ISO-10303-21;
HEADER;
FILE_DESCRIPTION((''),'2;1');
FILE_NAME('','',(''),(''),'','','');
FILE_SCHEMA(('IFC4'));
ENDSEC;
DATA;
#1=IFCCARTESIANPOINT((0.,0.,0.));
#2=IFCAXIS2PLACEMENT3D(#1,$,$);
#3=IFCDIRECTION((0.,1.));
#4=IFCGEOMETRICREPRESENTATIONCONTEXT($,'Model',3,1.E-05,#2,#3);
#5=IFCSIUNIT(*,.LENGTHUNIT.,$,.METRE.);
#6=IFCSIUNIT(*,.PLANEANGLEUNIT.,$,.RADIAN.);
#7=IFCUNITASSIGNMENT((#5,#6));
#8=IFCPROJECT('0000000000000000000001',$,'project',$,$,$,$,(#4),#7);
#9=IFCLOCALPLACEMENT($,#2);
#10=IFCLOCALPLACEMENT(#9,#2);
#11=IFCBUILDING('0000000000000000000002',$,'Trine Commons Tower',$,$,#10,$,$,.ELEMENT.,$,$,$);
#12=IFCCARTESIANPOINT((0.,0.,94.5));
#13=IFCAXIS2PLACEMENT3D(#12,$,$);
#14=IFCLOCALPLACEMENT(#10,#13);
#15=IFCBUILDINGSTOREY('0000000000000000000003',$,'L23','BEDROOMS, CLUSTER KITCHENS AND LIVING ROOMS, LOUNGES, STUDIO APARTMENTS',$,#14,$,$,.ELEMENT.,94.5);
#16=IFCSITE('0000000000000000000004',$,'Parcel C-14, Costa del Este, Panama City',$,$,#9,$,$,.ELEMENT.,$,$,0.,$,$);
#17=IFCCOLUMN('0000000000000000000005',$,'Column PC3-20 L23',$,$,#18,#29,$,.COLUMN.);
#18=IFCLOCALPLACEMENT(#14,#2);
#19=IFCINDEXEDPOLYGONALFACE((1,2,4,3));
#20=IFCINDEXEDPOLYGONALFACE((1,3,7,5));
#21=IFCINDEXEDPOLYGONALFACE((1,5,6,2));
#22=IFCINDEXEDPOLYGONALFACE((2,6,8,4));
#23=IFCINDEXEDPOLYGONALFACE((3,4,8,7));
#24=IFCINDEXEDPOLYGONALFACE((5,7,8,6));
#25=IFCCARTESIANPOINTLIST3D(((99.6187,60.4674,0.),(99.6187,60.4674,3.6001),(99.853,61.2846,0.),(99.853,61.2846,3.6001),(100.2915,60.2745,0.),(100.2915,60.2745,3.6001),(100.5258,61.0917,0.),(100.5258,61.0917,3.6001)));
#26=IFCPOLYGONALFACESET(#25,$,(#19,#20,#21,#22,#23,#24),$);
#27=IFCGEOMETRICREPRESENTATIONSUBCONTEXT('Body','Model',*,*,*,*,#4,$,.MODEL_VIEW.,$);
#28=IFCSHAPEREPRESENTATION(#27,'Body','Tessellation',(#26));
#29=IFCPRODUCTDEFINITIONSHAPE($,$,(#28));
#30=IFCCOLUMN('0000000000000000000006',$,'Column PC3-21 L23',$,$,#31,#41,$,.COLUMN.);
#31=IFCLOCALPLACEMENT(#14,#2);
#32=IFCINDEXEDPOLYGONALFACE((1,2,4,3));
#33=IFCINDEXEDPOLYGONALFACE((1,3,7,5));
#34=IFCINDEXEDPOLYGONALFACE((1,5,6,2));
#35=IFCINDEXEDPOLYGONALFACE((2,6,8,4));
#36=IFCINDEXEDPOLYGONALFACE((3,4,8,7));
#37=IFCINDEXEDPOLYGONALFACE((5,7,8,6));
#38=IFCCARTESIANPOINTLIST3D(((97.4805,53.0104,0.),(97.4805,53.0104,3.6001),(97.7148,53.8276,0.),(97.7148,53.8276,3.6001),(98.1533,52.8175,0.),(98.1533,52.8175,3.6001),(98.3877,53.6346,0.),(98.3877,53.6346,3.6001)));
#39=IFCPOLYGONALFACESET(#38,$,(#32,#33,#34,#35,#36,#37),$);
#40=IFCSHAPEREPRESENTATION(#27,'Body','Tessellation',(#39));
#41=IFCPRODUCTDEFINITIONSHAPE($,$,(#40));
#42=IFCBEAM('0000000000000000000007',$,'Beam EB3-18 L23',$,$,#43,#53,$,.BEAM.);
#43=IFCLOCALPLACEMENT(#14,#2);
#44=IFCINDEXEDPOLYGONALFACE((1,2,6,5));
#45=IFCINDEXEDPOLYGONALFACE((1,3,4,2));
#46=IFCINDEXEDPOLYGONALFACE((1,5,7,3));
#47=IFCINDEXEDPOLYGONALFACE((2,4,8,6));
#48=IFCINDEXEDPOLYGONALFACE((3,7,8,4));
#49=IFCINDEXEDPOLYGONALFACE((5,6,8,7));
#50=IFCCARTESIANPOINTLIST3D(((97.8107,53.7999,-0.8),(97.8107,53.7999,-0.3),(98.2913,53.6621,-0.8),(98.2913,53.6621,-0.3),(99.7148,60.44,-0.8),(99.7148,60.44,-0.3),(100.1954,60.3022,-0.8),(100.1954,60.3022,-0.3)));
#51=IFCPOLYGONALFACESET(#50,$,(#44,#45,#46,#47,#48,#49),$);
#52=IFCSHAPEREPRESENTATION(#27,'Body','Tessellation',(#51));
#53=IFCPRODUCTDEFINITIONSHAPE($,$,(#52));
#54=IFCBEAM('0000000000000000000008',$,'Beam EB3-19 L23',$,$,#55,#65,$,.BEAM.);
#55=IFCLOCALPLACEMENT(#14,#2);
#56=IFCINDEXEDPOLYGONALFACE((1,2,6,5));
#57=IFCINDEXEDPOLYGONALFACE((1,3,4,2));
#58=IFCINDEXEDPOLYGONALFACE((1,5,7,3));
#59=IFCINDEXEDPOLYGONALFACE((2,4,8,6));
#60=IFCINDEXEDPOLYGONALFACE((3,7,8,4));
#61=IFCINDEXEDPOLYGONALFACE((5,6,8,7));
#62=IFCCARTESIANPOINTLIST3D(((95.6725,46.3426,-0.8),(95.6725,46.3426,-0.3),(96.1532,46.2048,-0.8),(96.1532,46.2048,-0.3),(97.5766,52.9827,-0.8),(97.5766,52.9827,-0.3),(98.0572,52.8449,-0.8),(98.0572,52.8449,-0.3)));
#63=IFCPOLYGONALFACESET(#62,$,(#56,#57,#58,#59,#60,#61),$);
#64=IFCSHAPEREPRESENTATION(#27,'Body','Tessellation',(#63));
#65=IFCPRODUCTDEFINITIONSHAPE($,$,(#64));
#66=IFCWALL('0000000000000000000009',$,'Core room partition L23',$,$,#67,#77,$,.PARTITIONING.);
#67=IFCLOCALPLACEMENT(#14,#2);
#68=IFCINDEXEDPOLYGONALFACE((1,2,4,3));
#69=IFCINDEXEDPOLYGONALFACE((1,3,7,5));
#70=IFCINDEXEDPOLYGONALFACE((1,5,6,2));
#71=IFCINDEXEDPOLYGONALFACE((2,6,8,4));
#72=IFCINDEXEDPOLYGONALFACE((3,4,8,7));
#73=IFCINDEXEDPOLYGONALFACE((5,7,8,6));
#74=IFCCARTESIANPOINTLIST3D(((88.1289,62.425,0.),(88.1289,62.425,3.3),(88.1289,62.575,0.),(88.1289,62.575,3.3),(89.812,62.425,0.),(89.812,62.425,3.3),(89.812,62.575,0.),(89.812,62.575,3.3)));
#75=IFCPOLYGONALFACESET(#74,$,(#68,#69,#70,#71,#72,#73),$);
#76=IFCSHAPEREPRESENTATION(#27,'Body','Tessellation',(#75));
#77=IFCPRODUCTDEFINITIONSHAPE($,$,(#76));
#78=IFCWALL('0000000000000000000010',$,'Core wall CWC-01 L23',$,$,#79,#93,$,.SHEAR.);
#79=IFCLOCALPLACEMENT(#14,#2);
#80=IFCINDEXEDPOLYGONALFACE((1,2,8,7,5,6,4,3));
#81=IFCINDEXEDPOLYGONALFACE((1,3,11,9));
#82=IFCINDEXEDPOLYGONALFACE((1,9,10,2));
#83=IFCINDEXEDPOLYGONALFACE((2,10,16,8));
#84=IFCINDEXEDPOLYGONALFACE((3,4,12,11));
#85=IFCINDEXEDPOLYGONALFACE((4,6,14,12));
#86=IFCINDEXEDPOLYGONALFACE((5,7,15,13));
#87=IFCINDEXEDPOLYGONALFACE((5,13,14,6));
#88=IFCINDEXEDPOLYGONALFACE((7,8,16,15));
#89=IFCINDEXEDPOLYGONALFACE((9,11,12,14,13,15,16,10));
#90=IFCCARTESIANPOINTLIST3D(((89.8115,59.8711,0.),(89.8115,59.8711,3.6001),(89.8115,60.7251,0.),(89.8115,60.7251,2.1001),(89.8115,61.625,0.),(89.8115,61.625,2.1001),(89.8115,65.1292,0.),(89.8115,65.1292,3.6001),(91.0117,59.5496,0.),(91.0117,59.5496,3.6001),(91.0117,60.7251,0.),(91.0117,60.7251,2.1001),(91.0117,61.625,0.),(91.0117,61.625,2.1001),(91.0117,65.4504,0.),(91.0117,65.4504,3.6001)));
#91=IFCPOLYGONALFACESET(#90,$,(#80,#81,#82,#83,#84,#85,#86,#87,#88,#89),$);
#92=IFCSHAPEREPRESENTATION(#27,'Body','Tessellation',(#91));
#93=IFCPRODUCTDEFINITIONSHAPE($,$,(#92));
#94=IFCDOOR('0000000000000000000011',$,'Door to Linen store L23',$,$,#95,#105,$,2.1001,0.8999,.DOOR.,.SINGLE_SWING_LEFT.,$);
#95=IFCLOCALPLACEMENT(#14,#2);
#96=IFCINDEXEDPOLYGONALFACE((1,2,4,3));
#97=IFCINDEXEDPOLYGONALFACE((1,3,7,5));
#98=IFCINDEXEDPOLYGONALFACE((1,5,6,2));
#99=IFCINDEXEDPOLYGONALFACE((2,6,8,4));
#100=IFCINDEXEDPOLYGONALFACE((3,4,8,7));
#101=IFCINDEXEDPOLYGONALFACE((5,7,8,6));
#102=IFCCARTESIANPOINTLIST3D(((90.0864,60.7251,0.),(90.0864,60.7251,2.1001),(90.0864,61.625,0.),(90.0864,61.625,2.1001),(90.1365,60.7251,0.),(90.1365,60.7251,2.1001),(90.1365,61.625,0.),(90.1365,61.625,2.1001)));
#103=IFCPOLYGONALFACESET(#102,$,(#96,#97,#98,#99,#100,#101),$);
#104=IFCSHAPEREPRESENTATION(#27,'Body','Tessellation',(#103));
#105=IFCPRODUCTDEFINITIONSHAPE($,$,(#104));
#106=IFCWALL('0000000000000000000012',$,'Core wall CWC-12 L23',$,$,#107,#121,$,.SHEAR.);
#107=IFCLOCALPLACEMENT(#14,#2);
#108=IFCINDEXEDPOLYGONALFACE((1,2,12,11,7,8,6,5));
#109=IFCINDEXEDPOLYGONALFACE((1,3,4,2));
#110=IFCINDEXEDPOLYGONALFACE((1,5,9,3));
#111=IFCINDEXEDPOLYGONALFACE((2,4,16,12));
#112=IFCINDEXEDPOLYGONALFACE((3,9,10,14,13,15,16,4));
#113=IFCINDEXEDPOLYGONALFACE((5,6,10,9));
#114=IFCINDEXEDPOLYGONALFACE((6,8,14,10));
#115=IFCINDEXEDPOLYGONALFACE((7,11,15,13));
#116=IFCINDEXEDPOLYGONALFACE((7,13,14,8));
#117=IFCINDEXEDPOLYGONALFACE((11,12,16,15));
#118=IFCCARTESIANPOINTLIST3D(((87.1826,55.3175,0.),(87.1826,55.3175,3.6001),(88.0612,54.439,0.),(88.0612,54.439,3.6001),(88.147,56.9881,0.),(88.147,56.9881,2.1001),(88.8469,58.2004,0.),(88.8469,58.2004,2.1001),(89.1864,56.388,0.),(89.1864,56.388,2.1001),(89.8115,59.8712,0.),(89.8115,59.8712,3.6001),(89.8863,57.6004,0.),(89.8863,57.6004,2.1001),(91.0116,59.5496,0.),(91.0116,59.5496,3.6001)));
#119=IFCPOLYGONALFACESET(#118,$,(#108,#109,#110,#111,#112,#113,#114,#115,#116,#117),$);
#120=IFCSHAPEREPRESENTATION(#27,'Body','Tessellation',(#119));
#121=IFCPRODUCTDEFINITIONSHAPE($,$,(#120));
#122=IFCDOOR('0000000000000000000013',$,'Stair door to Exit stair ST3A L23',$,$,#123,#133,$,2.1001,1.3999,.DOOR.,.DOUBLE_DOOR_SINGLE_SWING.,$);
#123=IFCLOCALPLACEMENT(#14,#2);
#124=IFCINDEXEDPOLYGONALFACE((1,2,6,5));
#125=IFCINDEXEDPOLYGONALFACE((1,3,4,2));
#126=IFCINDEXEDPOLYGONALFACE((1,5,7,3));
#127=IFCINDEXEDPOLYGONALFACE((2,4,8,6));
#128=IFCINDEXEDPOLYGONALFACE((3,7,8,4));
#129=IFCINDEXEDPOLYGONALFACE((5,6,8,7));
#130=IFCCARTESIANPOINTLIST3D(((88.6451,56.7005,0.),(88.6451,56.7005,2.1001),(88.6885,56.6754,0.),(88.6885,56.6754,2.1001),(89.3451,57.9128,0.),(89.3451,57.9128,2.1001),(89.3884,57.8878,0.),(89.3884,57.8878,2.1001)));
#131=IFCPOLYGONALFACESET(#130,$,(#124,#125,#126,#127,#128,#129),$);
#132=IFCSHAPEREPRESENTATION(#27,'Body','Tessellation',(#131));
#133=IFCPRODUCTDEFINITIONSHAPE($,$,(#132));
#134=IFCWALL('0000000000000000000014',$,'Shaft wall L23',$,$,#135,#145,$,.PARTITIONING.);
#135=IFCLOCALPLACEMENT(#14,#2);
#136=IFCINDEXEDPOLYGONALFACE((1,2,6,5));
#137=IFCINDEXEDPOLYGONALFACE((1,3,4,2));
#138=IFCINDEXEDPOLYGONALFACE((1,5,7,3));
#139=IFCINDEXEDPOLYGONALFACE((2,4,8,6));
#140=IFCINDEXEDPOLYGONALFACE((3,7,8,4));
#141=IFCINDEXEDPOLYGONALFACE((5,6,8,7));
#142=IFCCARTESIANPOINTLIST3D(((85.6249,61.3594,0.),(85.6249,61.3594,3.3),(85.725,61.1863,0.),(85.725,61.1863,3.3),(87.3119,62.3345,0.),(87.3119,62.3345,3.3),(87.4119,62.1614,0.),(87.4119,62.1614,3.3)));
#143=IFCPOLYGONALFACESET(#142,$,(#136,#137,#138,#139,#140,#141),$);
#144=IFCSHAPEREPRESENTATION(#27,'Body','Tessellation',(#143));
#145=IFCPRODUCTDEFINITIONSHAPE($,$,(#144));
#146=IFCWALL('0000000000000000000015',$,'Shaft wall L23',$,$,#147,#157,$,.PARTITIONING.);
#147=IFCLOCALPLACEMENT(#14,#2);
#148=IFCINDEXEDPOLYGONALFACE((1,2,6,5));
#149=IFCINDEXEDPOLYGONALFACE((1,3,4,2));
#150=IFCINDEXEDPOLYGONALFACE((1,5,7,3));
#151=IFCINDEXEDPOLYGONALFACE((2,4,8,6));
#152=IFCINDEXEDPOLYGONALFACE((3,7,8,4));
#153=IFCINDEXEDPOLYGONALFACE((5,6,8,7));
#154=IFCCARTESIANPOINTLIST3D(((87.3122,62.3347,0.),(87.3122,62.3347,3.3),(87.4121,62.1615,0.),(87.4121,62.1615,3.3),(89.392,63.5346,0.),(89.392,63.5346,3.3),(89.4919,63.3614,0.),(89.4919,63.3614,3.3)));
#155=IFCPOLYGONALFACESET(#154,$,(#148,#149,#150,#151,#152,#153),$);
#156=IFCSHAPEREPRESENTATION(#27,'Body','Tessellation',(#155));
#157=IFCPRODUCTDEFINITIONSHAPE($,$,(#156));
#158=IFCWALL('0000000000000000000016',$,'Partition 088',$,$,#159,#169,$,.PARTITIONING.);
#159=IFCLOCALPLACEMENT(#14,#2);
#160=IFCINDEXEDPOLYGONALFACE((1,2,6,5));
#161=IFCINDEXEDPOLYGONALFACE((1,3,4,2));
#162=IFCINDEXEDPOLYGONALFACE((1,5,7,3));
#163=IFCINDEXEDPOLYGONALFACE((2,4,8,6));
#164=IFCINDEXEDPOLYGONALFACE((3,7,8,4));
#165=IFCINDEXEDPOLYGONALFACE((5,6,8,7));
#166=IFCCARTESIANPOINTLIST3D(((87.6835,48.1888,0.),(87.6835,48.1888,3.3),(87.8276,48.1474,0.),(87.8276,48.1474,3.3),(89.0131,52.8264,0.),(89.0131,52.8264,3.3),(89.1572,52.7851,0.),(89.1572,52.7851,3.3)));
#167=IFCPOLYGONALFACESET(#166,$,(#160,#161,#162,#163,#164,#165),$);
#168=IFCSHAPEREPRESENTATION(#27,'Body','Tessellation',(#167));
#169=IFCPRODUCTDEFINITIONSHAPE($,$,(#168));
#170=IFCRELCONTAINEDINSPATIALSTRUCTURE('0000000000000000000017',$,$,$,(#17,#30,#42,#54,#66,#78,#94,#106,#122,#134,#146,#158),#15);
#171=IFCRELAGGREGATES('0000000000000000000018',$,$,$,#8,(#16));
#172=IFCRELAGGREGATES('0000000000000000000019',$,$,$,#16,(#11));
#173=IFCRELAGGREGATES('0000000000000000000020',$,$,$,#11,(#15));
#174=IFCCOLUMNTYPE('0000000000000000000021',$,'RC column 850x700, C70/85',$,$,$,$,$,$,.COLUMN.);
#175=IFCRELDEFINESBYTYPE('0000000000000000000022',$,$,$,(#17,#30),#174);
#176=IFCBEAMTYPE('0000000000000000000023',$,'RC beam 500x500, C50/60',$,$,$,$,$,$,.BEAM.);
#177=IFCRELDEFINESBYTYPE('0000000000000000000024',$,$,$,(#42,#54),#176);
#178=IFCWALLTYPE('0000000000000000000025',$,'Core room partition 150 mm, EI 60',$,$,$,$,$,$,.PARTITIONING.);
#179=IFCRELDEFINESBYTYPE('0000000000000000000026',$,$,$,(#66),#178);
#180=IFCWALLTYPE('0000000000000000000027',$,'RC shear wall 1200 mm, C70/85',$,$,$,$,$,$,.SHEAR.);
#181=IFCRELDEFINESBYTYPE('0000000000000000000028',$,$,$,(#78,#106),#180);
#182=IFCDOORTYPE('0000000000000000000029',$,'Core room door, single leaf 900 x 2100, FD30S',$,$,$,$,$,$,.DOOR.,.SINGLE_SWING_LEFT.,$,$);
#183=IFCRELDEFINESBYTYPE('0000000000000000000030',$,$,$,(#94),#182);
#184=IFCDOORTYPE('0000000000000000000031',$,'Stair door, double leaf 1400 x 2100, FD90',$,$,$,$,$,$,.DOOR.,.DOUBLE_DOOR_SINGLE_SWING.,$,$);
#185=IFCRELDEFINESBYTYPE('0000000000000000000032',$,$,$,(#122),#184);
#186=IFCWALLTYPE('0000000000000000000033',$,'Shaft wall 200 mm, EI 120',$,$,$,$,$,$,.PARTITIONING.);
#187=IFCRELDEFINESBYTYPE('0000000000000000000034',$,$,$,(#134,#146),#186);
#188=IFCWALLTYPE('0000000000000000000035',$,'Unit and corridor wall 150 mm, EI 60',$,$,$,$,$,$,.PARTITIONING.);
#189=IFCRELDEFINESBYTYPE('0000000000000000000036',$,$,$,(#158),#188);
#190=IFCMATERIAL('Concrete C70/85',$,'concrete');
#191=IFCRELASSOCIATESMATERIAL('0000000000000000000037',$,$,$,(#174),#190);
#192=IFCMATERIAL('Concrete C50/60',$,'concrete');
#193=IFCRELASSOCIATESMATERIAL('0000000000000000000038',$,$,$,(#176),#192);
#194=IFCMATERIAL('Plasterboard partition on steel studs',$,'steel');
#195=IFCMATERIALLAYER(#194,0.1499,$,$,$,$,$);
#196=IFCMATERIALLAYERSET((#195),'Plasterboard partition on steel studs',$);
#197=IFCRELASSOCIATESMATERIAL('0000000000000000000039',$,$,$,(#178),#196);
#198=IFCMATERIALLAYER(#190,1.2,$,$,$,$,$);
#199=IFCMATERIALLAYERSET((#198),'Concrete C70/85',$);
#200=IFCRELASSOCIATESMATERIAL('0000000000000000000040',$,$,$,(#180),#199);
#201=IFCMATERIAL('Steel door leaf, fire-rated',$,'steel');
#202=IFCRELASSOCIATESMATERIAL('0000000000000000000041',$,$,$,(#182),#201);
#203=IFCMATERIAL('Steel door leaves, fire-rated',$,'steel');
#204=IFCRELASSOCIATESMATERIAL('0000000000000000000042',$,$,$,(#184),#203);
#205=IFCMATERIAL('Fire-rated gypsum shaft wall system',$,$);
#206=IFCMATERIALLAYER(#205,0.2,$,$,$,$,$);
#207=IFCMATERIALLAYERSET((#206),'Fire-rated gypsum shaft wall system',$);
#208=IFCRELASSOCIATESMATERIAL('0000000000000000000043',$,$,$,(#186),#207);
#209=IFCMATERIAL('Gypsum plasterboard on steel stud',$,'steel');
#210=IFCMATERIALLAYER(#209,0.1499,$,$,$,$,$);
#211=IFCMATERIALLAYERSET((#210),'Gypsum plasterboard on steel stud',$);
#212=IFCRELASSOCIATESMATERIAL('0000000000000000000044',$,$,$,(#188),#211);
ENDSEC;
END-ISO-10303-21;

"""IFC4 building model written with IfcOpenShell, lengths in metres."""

from ifc_helpers import new_model, si_unit, direction, frame, frame_2d, origin, origin_2d, place, context, subcontext, project, spatial, polyline, rectangle, outline, extrude, material, layer, layer_set, material_profile, profile_set, type_object, element, fill, save


model = new_model("IFC4")

# Units and contexts
model_context = context("Model", 3, precision=1e-05, world=origin(), true_north=direction((0.0, 1.0)))
body_context = subcontext(model_context, "Body", "Model", "MODEL_VIEW")
ifc_project = project(units=[si_unit("LENGTHUNIT", "METRE"), si_unit("PLANEANGLEUNIT", "RADIAN")], contexts=[model_context])

# Site, building, storey
site_placement = place(None, origin())
site = spatial("IfcSite", under=ifc_project, at=site_placement, Name="Parcel C-14, Costa del Este, Panama City", CompositionType="ELEMENT", RefElevation=0.0)
building_placement = place(site_placement, origin())
building = spatial("IfcBuilding", under=site, at=building_placement, Name="Trine Commons Tower", CompositionType="ELEMENT")
storey_placement = place(building_placement, frame((0.0, 0.0, 94.5)))
storey = spatial("IfcBuildingStorey", under=building, at=storey_placement, Name="L23", Description="BEDROOMS, CLUSTER KITCHENS AND LIVING ROOMS, LOUNGES, STUDIO APARTMENTS", CompositionType="ELEMENT", Elevation=94.5)

# Columns
ifc_material_1 = material(Name="Concrete C70/85", Category="concrete")
ifc_material_profile_1 = material_profile(ifc_material_1, rectangle(XDim=0.8501, YDim=0.7, at=origin_2d()), Name="RC 850x700")
ifc_profile_set_1 = profile_set([ifc_material_profile_1], Name="Concrete C70/85")
column_type = type_object("IfcColumnType", Name="RC column 850x700, C70/85", PredefinedType="COLUMN", material=ifc_profile_set_1)
for number, where, z_axis, x_axis, name in (
    (1, (100.0723, 60.7795, 0.0), (0.0, 0.0, 1.0), (0.275637, 0.961262, 0.0), "Column PC3-20 L23"),
    (2, (97.9341, 53.3225, 0.0), (0.0, 0.0, 1.0), (0.275637, 0.961262, 0.0), "Column PC3-21 L23"),
):
    element("IfcColumn", number, at=place(storey_placement, frame(where, z_axis=z_axis, x_axis=x_axis)), inside=storey, type_object=column_type, Name=name, PredefinedType="COLUMN", context=body_context, shape_type="SweptSolid", body=[
        extrude(rectangle(XDim=0.8501, YDim=0.7, at=origin_2d()), origin(), (0.0, 0.0, 1.0), 3.6001),
    ])

# Beams
ifc_material_2 = material(Name="Concrete C50/60", Category="concrete")
ifc_material_profile_2 = material_profile(ifc_material_2, rectangle(XDim=0.5, YDim=0.5, at=origin_2d()), Name="RC 500x500")
ifc_profile_set_2 = profile_set([ifc_material_profile_2], Name="Concrete C50/60")
beam_type = type_object("IfcBeamType", Name="RC beam 500x500, C50/60", PredefinedType="BEAM", material=ifc_profile_set_2)
for number, where, z_axis, x_axis, name in (
    (3, (99.9551, 60.3711, -0.55), (-0.275641, -0.961261, 0.0), (0.961261, -0.275641, 0.0), "Beam EB3-18 L23"),
    (4, (97.8169, 52.9138, -0.55), (-0.275641, -0.961261, 0.0), (0.961261, -0.275641, 0.0), "Beam EB3-19 L23"),
):
    element("IfcBeam", number, at=place(storey_placement, frame(where, z_axis=z_axis, x_axis=x_axis)), inside=storey, type_object=beam_type, Name=name, PredefinedType="BEAM", context=body_context, shape_type="SweptSolid", body=[
        extrude(rectangle(XDim=0.5, YDim=0.5, at=origin_2d()), origin(), (0.0, 0.0, 1.0), 6.9077),
    ])

# Wall
ifc_material_3 = material(Name="Plasterboard partition on steel studs", Category="steel")
ifc_layer_1 = layer(ifc_material_3, 0.1499)
ifc_layer_set_1 = layer_set([ifc_layer_1], Name="Plasterboard partition on steel studs")
wall_type_1 = type_object("IfcWallType", Name="Core room partition 150 mm, EI 60", PredefinedType="PARTITIONING", material=ifc_layer_set_1)
wall_1_placement = place(storey_placement, frame((89.812, 62.5, 0.0), z_axis=(0.0, 0.0, 1.0), x_axis=(-1.0, 0.0, 0.0)))
element("IfcWall", 5, at=wall_1_placement, inside=storey, type_object=wall_type_1, Name="Core room partition L23", PredefinedType="PARTITIONING", context=body_context, shape_type="SweptSolid", body=[
    extrude(rectangle(XDim=1.6831, YDim=0.1499, at=frame_2d((0.8416, 0.0))), origin(), (0.0, 0.0, 1.0), 3.3),
])

# Walls, openings, doors
ifc_layer_2 = layer(ifc_material_1, 1.2)
ifc_layer_set_2 = layer_set([ifc_layer_2], Name="Concrete C70/85")
wall_type_2 = type_object("IfcWallType", Name="RC shear wall 1200 mm, C70/85", PredefinedType="SHEAR", material=ifc_layer_set_2)
wall_2_placement = place(storey_placement, frame((90.4116, 59.5496, 0.0), z_axis=(0.0, 0.0, 1.0), x_axis=(0.0, 1.0, 0.0)))
wall_2 = element("IfcWall", 6, at=wall_2_placement, inside=storey, type_object=wall_type_2, Name="Core wall CWC-01 L23", PredefinedType="SHEAR", context=body_context, shape_type="SweptSolid", body=[
    extrude(outline(polyline([(0.0, -0.6001), (5.9009, -0.6001), (5.5796, 0.6001), (0.3215, 0.6001), (0.0, -0.6001)])), origin(), (0.0, 0.0, 1.0), 3.6001),
])
opening_1_placement = place(wall_2_placement, frame((1.1755, 0.0, 0.0)))
opening_1 = element("IfcOpeningElement", 7, at=opening_1_placement, cuts=wall_2, PredefinedType="OPENING", context=body_context, shape_type="SweptSolid", body=[
    extrude(rectangle(XDim=0.8999, YDim=2.1001, at=frame_2d((0.45, 1.05))), frame((0.0, 0.6099, 0.0), z_axis=(0.0, -1.0, 0.0), x_axis=(1.0, 0.0, 0.0)), (0.0, 0.0, 1.0), 1.22),
])
ifc_material_4 = material(Name="Steel door leaf, fire-rated", Category="steel")
door_type_1 = type_object("IfcDoorType", Name="Core room door, single leaf 900 x 2100, FD30S", OperationType="SINGLE_SWING_LEFT", PredefinedType="DOOR", material=ifc_material_4)
door_1_placement = place(opening_1_placement, origin())
door_1 = element("IfcDoor", 8, at=door_1_placement, inside=storey, type_object=door_type_1, Name="Door to Linen store L23", OperationType="SINGLE_SWING_LEFT", OverallHeight=2.1001, OverallWidth=0.8999, PredefinedType="DOOR", context=body_context, shape_type="SweptSolid", body=[
    extrude(rectangle(XDim=0.8999, YDim=2.1001, at=frame_2d((0.45, 1.05))), frame((0.0, 0.3252, 0.0), z_axis=(0.0, -1.0, 0.0), x_axis=(1.0, 0.0, 0.0)), (0.0, 0.0, 1.0), 0.05),
])
fill(opening_1, door_1)
wall_3_placement = place(storey_placement, frame((87.5415, 54.739, 0.0), z_axis=(0.0, 0.0, 1.0), x_axis=(0.499979, 0.866037, 0.0)))
wall_3 = element("IfcWall", 9, at=wall_3_placement, inside=storey, type_object=wall_type_2, Name="Core wall CWC-12 L23", PredefinedType="SHEAR", context=body_context, shape_type="SweptSolid", body=[
    extrude(outline(polyline([(0.0, -0.6001), (5.9011, -0.6001), (5.5796, 0.6001), (0.3215, 0.6001), (0.0, -0.6001)])), origin(), (0.0, 0.0, 1.0), 3.6001),
])
opening_2_placement = place(wall_3_placement, frame((2.2505, 0.0, 0.0)))
opening_2 = element("IfcOpeningElement", 10, at=opening_2_placement, cuts=wall_3, PredefinedType="OPENING", context=body_context, shape_type="SweptSolid", body=[
    extrude(rectangle(XDim=1.3999, YDim=2.1001, at=frame_2d((0.7, 1.05))), frame((0.0, 0.6099, 0.0), z_axis=(0.0, -1.0, 0.0), x_axis=(1.0, 0.0, 0.0)), (0.0, 0.0, 1.0), 1.22),
])
ifc_material_5 = material(Name="Steel door leaves, fire-rated", Category="steel")
door_type_2 = type_object("IfcDoorType", Name="Stair door, double leaf 1400 x 2100, FD90", OperationType="DOUBLE_DOOR_SINGLE_SWING", PredefinedType="DOOR", material=ifc_material_5)
door_2_placement = place(opening_2_placement, origin())
door_2 = element("IfcDoor", 11, at=door_2_placement, inside=storey, type_object=door_type_2, Name="Stair door to Exit stair ST3A L23", OperationType="DOUBLE_DOOR_SINGLE_SWING", OverallHeight=2.1001, OverallWidth=1.3999, PredefinedType="DOOR", context=body_context, shape_type="SweptSolid", body=[
    extrude(rectangle(XDim=1.3999, YDim=2.1001, at=frame_2d((0.7, 1.05))), frame((0.0, 0.0249, 0.0), z_axis=(0.0, -1.0, 0.0), x_axis=(1.0, 0.0, 0.0)), (0.0, 0.0, 1.0), 0.05),
])
fill(opening_2, door_2)

# Walls
ifc_material_6 = material(Name="Fire-rated gypsum shaft wall system")
ifc_layer_3 = layer(ifc_material_6, 0.2)
ifc_layer_set_3 = layer_set([ifc_layer_3], Name="Fire-rated gypsum shaft wall system")
wall_type_3 = type_object("IfcWallType", Name="Shaft wall 200 mm, EI 120", PredefinedType="PARTITIONING", material=ifc_layer_set_3)
wall_4_placement = place(storey_placement, frame((85.675, 61.2729, 0.0), z_axis=(0.0, 0.0, 1.0), x_axis=(0.865781, 0.500424, 0.0)))
element("IfcWall", 12, at=wall_4_placement, inside=storey, type_object=wall_type_3, Name="Shaft wall L23", PredefinedType="PARTITIONING", context=body_context, shape_type="SweptSolid", body=[
    extrude(rectangle(XDim=1.9485, YDim=0.2, at=frame_2d((0.9741, 0.0))), origin(), (0.0, 0.0, 1.0), 3.3),
])
wall_5_placement = place(storey_placement, frame((87.3621, 62.248, 0.0), z_axis=(0.0, 0.0, 1.0), x_axis=(0.866177, 0.499737, 0.0)))
element("IfcWall", 13, at=wall_5_placement, inside=storey, type_object=wall_type_3, Name="Shaft wall L23", PredefinedType="PARTITIONING", context=body_context, shape_type="SweptSolid", body=[
    extrude(rectangle(XDim=2.4011, YDim=0.2, at=frame_2d((1.2007, 0.0))), origin(), (0.0, 0.0, 1.0), 3.3),
])
ifc_material_7 = material(Name="Gypsum plasterboard on steel stud", Category="steel")
ifc_layer_4 = layer(ifc_material_7, 0.1499)
ifc_layer_set_4 = layer_set([ifc_layer_4], Name="Gypsum plasterboard on steel stud")
wall_type_4 = type_object("IfcWallType", Name="Unit and corridor wall 150 mm, EI 60", PredefinedType="PARTITIONING", material=ifc_layer_set_4)
wall_6_placement = place(storey_placement, frame((87.7556, 48.1682, 0.0), z_axis=(0.0, 0.0, 1.0), x_axis=(0.27559, 0.961275, 0.0)))
element("IfcWall", 14, at=wall_6_placement, inside=storey, type_object=wall_type_4, Name="Partition 088", PredefinedType="PARTITIONING", context=body_context, shape_type="SweptSolid", body=[
    extrude(rectangle(XDim=4.8245, YDim=0.1499, at=frame_2d((2.4121, 0.0))), origin(), (0.0, 0.0, 1.0), 3.3),
])

save(model, "model.ifc")
